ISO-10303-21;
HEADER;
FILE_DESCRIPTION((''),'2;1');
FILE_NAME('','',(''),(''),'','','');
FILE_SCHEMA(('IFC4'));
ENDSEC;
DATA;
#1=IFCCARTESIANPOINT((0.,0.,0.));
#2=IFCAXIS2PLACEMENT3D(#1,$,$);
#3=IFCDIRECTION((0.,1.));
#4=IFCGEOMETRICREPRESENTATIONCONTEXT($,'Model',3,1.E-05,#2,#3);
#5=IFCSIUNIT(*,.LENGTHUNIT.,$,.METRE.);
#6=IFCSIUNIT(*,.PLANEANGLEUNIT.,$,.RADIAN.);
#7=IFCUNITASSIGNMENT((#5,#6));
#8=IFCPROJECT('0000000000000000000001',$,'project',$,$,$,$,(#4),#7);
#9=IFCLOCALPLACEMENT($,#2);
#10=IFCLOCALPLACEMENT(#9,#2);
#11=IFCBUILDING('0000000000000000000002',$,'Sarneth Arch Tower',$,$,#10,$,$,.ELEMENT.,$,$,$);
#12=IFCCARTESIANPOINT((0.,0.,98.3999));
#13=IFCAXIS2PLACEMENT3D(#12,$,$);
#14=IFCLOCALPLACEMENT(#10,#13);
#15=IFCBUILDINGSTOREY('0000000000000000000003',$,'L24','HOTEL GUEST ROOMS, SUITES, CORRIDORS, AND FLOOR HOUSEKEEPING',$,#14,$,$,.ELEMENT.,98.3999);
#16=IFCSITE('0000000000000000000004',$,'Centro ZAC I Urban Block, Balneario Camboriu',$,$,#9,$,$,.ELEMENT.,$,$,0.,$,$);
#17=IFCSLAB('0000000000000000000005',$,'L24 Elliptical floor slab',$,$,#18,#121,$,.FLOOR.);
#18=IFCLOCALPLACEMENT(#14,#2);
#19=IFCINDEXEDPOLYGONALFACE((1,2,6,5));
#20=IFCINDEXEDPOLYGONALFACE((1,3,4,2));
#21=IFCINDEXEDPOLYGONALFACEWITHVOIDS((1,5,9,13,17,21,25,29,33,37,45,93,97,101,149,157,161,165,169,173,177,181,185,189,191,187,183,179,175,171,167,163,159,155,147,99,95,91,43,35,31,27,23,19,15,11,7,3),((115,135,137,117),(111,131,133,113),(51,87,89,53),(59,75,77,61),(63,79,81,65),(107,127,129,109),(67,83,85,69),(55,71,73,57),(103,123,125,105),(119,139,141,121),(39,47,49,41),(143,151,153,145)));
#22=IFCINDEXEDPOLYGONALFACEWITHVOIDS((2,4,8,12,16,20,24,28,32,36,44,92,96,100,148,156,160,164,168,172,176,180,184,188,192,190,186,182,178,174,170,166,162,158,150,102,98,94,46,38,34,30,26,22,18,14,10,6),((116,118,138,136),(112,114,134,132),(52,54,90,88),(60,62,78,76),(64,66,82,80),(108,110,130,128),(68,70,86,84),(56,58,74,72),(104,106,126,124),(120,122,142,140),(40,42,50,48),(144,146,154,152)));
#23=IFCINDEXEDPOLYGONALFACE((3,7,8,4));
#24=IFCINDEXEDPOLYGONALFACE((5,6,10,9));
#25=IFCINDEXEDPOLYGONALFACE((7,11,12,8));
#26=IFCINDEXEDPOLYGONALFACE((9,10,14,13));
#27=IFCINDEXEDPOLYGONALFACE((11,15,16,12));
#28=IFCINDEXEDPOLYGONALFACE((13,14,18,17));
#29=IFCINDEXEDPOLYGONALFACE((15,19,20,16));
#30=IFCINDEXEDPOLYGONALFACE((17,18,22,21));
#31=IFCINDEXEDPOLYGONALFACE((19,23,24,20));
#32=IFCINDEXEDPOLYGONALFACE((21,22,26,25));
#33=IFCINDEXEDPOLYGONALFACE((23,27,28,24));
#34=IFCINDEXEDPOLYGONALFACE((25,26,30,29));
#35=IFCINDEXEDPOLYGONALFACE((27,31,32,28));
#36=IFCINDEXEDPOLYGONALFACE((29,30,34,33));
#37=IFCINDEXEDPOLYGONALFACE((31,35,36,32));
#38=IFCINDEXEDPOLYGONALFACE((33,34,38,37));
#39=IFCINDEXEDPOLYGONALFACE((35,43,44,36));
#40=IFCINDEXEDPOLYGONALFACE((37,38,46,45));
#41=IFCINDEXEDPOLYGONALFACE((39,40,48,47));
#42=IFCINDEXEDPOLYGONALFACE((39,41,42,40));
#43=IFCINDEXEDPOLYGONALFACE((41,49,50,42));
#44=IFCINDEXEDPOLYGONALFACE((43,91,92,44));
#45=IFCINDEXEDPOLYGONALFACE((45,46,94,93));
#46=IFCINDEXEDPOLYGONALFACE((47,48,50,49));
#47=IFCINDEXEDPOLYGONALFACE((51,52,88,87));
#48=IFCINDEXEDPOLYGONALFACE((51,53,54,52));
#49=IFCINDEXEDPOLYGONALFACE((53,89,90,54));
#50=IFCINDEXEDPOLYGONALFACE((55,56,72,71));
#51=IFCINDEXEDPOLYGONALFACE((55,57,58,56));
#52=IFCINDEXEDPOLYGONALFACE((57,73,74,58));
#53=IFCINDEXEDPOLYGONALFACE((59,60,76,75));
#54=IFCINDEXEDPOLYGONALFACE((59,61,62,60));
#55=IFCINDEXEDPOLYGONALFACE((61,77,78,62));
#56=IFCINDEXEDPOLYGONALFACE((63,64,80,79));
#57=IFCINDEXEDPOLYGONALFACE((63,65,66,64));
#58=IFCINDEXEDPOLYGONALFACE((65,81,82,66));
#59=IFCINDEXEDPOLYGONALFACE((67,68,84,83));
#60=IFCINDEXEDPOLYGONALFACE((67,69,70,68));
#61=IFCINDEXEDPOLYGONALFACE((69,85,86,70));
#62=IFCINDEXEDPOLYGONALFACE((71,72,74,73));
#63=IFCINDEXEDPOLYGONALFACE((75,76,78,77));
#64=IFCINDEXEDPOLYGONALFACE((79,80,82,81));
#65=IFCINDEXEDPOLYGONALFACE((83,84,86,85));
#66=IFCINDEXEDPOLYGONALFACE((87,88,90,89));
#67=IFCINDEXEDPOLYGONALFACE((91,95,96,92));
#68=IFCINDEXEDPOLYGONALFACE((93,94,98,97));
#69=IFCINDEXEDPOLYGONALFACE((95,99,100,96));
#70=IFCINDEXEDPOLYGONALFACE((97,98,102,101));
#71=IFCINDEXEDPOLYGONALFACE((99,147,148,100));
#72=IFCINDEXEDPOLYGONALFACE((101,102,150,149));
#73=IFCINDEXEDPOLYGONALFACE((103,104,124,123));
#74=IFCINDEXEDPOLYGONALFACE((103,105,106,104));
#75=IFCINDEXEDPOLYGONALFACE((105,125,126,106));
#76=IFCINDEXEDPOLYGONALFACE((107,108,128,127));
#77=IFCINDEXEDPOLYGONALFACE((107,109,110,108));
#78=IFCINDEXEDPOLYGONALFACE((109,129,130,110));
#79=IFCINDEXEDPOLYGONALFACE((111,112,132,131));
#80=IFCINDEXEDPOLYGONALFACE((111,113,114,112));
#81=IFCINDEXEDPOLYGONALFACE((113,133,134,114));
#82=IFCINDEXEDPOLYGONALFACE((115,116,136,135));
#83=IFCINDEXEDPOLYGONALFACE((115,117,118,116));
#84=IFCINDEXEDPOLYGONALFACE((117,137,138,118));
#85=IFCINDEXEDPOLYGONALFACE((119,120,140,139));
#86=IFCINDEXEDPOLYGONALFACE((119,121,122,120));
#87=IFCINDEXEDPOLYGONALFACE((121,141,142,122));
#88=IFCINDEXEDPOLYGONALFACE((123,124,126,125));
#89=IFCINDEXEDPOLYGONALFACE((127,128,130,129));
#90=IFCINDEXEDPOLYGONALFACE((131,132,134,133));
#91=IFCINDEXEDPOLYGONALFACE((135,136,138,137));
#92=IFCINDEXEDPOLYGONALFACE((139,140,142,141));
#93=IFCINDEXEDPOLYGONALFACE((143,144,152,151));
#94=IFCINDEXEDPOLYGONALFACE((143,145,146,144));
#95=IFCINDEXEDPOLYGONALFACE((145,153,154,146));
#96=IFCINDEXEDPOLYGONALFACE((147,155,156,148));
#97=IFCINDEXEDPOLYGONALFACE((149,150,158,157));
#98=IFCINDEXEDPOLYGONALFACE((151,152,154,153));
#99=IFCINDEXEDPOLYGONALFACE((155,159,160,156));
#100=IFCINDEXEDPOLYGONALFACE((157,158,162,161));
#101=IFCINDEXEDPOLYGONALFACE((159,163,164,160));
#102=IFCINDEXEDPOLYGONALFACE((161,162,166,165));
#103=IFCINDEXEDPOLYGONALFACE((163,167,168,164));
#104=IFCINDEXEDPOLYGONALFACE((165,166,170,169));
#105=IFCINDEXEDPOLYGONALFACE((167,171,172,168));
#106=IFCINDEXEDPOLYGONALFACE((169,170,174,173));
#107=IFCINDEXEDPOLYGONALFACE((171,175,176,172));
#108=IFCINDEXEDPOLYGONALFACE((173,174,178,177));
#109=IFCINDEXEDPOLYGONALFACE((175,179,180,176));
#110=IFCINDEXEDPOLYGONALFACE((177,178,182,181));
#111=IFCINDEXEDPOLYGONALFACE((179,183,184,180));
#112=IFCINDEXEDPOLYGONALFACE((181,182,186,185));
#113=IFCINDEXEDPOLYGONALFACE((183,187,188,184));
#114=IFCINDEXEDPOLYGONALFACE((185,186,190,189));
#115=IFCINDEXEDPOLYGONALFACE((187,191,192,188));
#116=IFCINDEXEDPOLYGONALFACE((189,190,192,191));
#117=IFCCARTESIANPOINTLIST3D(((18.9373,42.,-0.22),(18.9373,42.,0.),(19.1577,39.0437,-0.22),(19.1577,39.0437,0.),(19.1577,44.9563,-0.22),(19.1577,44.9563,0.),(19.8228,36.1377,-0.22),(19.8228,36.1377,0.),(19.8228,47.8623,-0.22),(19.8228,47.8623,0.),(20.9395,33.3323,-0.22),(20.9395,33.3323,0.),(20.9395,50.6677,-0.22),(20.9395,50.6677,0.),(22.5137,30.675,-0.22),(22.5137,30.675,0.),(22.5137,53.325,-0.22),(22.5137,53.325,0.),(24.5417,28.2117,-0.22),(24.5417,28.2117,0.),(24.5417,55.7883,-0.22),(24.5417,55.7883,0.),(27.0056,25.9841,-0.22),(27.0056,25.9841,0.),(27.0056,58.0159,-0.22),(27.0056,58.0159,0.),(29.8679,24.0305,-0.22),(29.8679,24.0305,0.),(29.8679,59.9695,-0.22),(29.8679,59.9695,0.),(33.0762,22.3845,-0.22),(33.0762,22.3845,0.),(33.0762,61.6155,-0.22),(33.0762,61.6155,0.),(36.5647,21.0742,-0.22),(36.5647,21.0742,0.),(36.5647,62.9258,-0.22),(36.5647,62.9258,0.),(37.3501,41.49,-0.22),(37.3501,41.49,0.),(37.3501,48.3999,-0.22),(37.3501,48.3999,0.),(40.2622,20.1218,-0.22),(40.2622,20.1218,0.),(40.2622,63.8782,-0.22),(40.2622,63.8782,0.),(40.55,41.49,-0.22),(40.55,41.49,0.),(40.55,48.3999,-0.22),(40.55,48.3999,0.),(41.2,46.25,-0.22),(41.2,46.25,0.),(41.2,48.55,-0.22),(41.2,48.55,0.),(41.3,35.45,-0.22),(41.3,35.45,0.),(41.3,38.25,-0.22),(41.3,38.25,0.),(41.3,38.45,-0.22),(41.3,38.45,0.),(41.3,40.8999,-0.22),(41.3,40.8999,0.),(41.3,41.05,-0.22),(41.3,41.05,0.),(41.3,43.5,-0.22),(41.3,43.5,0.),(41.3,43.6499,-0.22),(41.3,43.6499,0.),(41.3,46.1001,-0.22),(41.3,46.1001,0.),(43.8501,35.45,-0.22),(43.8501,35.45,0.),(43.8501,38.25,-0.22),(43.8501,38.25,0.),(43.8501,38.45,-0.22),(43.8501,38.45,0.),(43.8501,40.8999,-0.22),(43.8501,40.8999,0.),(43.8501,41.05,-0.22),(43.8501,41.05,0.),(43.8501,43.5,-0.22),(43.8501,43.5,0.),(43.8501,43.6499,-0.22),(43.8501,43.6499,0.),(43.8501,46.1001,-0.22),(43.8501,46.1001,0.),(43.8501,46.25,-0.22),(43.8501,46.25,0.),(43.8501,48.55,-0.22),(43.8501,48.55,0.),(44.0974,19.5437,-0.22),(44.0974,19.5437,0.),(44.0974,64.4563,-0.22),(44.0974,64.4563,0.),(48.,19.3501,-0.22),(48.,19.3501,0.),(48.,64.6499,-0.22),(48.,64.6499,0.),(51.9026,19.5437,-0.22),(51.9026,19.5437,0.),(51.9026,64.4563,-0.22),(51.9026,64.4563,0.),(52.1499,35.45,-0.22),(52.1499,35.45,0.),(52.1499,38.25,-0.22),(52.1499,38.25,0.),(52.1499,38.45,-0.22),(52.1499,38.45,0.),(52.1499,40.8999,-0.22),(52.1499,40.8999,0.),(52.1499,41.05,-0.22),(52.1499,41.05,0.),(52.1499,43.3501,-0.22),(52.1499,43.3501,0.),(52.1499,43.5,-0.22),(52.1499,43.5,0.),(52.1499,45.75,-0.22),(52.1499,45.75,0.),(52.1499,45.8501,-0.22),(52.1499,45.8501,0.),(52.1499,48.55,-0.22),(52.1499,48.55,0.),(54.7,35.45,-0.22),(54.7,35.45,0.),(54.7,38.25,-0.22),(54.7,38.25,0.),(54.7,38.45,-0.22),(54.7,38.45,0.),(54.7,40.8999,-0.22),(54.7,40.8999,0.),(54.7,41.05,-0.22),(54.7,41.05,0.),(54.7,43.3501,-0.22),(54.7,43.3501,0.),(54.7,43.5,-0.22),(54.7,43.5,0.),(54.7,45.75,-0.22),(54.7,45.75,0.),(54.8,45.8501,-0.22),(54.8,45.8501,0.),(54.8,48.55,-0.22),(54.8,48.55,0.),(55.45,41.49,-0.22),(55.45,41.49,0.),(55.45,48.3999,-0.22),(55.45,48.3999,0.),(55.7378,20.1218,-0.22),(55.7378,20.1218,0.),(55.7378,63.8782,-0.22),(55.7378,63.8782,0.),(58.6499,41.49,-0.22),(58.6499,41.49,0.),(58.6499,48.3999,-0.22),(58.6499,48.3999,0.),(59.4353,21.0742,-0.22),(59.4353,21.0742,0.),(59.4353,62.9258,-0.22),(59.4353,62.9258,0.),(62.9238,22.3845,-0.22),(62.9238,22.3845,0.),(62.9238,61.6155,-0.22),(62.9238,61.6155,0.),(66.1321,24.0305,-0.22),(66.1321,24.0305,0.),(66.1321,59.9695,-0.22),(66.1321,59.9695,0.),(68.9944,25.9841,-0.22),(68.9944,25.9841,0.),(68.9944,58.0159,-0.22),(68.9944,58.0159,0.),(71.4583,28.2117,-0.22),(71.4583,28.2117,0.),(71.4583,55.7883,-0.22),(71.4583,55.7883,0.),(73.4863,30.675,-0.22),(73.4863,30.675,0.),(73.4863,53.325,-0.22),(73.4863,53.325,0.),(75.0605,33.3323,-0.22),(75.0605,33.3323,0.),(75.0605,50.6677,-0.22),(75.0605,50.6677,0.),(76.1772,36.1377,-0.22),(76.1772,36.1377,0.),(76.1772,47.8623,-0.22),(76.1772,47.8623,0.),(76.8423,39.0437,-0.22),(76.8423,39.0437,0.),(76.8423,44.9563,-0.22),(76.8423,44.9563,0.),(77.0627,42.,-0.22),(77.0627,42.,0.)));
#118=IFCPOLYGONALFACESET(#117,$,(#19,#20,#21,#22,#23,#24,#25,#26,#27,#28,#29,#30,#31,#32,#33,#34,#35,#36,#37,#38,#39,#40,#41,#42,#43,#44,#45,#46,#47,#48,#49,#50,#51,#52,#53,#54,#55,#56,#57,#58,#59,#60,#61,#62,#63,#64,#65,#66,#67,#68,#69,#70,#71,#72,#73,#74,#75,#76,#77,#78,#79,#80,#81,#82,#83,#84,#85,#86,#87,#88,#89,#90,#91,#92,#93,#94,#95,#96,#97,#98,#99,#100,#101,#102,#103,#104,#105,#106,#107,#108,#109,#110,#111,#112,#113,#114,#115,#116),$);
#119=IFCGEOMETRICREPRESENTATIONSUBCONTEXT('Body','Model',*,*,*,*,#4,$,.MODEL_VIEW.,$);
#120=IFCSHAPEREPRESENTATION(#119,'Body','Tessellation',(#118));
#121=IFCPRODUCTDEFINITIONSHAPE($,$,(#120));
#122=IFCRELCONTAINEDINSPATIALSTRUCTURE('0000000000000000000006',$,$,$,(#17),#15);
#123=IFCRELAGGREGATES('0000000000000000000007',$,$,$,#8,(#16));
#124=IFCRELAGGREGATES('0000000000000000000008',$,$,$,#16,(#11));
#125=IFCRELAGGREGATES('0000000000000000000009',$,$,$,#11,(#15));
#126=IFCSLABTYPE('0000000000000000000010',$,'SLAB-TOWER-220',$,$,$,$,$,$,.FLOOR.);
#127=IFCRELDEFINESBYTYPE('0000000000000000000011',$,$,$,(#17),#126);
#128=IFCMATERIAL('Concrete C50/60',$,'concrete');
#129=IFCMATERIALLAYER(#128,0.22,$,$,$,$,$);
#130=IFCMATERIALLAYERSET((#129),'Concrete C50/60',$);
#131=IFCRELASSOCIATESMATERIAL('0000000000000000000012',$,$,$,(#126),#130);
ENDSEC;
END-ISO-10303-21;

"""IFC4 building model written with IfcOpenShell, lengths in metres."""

from ifc_helpers import new_model, si_unit, direction, frame, origin, place, context, subcontext, project, spatial, polyline, outline, extrude, material, layer, layer_set, type_object, element, save


model = new_model("IFC4")

# Units and contexts
model_context = context("Model", 3, precision=1e-05, world=origin(), true_north=direction((0.0, 1.0)))
body_context = subcontext(model_context, "Body", "Model", "MODEL_VIEW")
ifc_project = project(units=[si_unit("LENGTHUNIT", "METRE"), si_unit("PLANEANGLEUNIT", "RADIAN")], contexts=[model_context])

# Site, building, storey
site_placement = place(None, origin())
site = spatial("IfcSite", under=ifc_project, at=site_placement, Name="Centro ZAC I Urban Block, Balneario Camboriu", CompositionType="ELEMENT", RefElevation=0.0)
building_placement = place(site_placement, origin())
building = spatial("IfcBuilding", under=site, at=building_placement, Name="Sarneth Arch Tower", CompositionType="ELEMENT")
storey_placement = place(building_placement, frame((0.0, 0.0, 98.3999)))
storey = spatial("IfcBuildingStorey", under=building, at=storey_placement, Name="L24", Description="HOTEL GUEST ROOMS, SUITES, CORRIDORS, AND FLOOR HOUSEKEEPING", CompositionType="ELEMENT", Elevation=98.3999)

# Slab
ifc_material_1 = material(Name="Concrete C50/60", Category="concrete")
ifc_layer_1 = layer(ifc_material_1, 0.22)
ifc_layer_set_1 = layer_set([ifc_layer_1], Name="Concrete C50/60")
slab_type_1 = type_object("IfcSlabType", Name="SLAB-TOWER-220", PredefinedType="FLOOR", material=ifc_layer_set_1)
slab_1_placement = place(storey_placement, frame((0.0, 0.0, -0.22)))
element("IfcSlab", 1, at=slab_1_placement, inside=storey, type_object=slab_type_1, Name="L24 Elliptical floor slab", PredefinedType="FLOOR", context=body_context, shape_type="SweptSolid", body=[
    extrude(outline(polyline([(77.0627, 42.0), (76.8423, 44.9563), (76.1772, 47.8623), (75.0605, 50.6677), (73.4863, 53.325), (71.4583, 55.7883), (68.9944, 58.0159), (66.1321, 59.9695), (62.9238, 61.6155), (59.4353, 62.9258), (55.7378, 63.8782), (51.9026, 64.4563), (48.0, 64.6499), (44.0974, 64.4563), (40.2622, 63.8782), (36.5647, 62.9258), (33.0762, 61.6155), (29.8679, 59.9695), (27.0056, 58.0159), (24.5417, 55.7883), (22.5137, 53.325), (20.9395, 50.6677), (19.8228, 47.8623), (19.1577, 44.9563), (18.9373, 42.0), (19.1577, 39.0437), (19.8228, 36.1377), (20.9395, 33.3323), (22.5137, 30.675), (24.5417, 28.2117), (27.0056, 25.9841), (29.8679, 24.0305), (33.0762, 22.3845), (36.5647, 21.0742), (40.2622, 20.1218), (44.0974, 19.5437), (48.0, 19.3501), (51.9026, 19.5437), (55.7378, 20.1218), (59.4353, 21.0742), (62.9238, 22.3845), (66.1321, 24.0305), (68.9944, 25.9841), (71.4583, 28.2117), (73.4863, 30.675), (75.0605, 33.3323), (76.1772, 36.1377), (76.8423, 39.0437), (77.0627, 42.0)]), holes=[polyline([(37.3501, 41.49), (40.55, 41.49), (40.55, 48.3999), (37.3501, 48.3999), (37.3501, 41.49)]), polyline([(55.45, 41.49), (58.6499, 41.49), (58.6499, 48.3999), (55.45, 48.3999), (55.45, 41.49)]), polyline([(41.2, 46.25), (43.8501, 46.25), (43.8501, 48.55), (41.2, 48.55), (41.2, 46.25)]), polyline([(41.3, 35.45), (43.8501, 35.45), (43.8501, 38.25), (41.3, 38.25), (41.3, 35.45)]), polyline([(52.1499, 35.45), (54.7, 35.45), (54.7, 38.25), (52.1499, 38.25), (52.1499, 35.45)]), polyline([(52.1499, 45.8501), (54.8, 45.8501), (54.8, 48.55), (52.1499, 48.55), (52.1499, 45.8501)]), polyline([(41.3, 38.45), (43.8501, 38.45), (43.8501, 40.8999), (41.3, 40.8999), (41.3, 38.45)]), polyline([(41.3, 41.05), (43.8501, 41.05), (43.8501, 43.5), (41.3, 43.5), (41.3, 41.05)]), polyline([(41.3, 43.6499), (43.8501, 43.6499), (43.8501, 46.1001), (41.3, 46.1001), (41.3, 43.6499)]), polyline([(52.1499, 38.45), (54.7, 38.45), (54.7, 40.8999), (52.1499, 40.8999), (52.1499, 38.45)]), polyline([(52.1499, 41.05), (54.7, 41.05), (54.7, 43.3501), (52.1499, 43.3501), (52.1499, 41.05)]), polyline([(52.1499, 43.5), (54.7, 43.5), (54.7, 45.75), (52.1499, 45.75), (52.1499, 43.5)])]), origin(), (0.0, 0.0, 1.0), 0.22),
])

save(model, "model.ifc")
